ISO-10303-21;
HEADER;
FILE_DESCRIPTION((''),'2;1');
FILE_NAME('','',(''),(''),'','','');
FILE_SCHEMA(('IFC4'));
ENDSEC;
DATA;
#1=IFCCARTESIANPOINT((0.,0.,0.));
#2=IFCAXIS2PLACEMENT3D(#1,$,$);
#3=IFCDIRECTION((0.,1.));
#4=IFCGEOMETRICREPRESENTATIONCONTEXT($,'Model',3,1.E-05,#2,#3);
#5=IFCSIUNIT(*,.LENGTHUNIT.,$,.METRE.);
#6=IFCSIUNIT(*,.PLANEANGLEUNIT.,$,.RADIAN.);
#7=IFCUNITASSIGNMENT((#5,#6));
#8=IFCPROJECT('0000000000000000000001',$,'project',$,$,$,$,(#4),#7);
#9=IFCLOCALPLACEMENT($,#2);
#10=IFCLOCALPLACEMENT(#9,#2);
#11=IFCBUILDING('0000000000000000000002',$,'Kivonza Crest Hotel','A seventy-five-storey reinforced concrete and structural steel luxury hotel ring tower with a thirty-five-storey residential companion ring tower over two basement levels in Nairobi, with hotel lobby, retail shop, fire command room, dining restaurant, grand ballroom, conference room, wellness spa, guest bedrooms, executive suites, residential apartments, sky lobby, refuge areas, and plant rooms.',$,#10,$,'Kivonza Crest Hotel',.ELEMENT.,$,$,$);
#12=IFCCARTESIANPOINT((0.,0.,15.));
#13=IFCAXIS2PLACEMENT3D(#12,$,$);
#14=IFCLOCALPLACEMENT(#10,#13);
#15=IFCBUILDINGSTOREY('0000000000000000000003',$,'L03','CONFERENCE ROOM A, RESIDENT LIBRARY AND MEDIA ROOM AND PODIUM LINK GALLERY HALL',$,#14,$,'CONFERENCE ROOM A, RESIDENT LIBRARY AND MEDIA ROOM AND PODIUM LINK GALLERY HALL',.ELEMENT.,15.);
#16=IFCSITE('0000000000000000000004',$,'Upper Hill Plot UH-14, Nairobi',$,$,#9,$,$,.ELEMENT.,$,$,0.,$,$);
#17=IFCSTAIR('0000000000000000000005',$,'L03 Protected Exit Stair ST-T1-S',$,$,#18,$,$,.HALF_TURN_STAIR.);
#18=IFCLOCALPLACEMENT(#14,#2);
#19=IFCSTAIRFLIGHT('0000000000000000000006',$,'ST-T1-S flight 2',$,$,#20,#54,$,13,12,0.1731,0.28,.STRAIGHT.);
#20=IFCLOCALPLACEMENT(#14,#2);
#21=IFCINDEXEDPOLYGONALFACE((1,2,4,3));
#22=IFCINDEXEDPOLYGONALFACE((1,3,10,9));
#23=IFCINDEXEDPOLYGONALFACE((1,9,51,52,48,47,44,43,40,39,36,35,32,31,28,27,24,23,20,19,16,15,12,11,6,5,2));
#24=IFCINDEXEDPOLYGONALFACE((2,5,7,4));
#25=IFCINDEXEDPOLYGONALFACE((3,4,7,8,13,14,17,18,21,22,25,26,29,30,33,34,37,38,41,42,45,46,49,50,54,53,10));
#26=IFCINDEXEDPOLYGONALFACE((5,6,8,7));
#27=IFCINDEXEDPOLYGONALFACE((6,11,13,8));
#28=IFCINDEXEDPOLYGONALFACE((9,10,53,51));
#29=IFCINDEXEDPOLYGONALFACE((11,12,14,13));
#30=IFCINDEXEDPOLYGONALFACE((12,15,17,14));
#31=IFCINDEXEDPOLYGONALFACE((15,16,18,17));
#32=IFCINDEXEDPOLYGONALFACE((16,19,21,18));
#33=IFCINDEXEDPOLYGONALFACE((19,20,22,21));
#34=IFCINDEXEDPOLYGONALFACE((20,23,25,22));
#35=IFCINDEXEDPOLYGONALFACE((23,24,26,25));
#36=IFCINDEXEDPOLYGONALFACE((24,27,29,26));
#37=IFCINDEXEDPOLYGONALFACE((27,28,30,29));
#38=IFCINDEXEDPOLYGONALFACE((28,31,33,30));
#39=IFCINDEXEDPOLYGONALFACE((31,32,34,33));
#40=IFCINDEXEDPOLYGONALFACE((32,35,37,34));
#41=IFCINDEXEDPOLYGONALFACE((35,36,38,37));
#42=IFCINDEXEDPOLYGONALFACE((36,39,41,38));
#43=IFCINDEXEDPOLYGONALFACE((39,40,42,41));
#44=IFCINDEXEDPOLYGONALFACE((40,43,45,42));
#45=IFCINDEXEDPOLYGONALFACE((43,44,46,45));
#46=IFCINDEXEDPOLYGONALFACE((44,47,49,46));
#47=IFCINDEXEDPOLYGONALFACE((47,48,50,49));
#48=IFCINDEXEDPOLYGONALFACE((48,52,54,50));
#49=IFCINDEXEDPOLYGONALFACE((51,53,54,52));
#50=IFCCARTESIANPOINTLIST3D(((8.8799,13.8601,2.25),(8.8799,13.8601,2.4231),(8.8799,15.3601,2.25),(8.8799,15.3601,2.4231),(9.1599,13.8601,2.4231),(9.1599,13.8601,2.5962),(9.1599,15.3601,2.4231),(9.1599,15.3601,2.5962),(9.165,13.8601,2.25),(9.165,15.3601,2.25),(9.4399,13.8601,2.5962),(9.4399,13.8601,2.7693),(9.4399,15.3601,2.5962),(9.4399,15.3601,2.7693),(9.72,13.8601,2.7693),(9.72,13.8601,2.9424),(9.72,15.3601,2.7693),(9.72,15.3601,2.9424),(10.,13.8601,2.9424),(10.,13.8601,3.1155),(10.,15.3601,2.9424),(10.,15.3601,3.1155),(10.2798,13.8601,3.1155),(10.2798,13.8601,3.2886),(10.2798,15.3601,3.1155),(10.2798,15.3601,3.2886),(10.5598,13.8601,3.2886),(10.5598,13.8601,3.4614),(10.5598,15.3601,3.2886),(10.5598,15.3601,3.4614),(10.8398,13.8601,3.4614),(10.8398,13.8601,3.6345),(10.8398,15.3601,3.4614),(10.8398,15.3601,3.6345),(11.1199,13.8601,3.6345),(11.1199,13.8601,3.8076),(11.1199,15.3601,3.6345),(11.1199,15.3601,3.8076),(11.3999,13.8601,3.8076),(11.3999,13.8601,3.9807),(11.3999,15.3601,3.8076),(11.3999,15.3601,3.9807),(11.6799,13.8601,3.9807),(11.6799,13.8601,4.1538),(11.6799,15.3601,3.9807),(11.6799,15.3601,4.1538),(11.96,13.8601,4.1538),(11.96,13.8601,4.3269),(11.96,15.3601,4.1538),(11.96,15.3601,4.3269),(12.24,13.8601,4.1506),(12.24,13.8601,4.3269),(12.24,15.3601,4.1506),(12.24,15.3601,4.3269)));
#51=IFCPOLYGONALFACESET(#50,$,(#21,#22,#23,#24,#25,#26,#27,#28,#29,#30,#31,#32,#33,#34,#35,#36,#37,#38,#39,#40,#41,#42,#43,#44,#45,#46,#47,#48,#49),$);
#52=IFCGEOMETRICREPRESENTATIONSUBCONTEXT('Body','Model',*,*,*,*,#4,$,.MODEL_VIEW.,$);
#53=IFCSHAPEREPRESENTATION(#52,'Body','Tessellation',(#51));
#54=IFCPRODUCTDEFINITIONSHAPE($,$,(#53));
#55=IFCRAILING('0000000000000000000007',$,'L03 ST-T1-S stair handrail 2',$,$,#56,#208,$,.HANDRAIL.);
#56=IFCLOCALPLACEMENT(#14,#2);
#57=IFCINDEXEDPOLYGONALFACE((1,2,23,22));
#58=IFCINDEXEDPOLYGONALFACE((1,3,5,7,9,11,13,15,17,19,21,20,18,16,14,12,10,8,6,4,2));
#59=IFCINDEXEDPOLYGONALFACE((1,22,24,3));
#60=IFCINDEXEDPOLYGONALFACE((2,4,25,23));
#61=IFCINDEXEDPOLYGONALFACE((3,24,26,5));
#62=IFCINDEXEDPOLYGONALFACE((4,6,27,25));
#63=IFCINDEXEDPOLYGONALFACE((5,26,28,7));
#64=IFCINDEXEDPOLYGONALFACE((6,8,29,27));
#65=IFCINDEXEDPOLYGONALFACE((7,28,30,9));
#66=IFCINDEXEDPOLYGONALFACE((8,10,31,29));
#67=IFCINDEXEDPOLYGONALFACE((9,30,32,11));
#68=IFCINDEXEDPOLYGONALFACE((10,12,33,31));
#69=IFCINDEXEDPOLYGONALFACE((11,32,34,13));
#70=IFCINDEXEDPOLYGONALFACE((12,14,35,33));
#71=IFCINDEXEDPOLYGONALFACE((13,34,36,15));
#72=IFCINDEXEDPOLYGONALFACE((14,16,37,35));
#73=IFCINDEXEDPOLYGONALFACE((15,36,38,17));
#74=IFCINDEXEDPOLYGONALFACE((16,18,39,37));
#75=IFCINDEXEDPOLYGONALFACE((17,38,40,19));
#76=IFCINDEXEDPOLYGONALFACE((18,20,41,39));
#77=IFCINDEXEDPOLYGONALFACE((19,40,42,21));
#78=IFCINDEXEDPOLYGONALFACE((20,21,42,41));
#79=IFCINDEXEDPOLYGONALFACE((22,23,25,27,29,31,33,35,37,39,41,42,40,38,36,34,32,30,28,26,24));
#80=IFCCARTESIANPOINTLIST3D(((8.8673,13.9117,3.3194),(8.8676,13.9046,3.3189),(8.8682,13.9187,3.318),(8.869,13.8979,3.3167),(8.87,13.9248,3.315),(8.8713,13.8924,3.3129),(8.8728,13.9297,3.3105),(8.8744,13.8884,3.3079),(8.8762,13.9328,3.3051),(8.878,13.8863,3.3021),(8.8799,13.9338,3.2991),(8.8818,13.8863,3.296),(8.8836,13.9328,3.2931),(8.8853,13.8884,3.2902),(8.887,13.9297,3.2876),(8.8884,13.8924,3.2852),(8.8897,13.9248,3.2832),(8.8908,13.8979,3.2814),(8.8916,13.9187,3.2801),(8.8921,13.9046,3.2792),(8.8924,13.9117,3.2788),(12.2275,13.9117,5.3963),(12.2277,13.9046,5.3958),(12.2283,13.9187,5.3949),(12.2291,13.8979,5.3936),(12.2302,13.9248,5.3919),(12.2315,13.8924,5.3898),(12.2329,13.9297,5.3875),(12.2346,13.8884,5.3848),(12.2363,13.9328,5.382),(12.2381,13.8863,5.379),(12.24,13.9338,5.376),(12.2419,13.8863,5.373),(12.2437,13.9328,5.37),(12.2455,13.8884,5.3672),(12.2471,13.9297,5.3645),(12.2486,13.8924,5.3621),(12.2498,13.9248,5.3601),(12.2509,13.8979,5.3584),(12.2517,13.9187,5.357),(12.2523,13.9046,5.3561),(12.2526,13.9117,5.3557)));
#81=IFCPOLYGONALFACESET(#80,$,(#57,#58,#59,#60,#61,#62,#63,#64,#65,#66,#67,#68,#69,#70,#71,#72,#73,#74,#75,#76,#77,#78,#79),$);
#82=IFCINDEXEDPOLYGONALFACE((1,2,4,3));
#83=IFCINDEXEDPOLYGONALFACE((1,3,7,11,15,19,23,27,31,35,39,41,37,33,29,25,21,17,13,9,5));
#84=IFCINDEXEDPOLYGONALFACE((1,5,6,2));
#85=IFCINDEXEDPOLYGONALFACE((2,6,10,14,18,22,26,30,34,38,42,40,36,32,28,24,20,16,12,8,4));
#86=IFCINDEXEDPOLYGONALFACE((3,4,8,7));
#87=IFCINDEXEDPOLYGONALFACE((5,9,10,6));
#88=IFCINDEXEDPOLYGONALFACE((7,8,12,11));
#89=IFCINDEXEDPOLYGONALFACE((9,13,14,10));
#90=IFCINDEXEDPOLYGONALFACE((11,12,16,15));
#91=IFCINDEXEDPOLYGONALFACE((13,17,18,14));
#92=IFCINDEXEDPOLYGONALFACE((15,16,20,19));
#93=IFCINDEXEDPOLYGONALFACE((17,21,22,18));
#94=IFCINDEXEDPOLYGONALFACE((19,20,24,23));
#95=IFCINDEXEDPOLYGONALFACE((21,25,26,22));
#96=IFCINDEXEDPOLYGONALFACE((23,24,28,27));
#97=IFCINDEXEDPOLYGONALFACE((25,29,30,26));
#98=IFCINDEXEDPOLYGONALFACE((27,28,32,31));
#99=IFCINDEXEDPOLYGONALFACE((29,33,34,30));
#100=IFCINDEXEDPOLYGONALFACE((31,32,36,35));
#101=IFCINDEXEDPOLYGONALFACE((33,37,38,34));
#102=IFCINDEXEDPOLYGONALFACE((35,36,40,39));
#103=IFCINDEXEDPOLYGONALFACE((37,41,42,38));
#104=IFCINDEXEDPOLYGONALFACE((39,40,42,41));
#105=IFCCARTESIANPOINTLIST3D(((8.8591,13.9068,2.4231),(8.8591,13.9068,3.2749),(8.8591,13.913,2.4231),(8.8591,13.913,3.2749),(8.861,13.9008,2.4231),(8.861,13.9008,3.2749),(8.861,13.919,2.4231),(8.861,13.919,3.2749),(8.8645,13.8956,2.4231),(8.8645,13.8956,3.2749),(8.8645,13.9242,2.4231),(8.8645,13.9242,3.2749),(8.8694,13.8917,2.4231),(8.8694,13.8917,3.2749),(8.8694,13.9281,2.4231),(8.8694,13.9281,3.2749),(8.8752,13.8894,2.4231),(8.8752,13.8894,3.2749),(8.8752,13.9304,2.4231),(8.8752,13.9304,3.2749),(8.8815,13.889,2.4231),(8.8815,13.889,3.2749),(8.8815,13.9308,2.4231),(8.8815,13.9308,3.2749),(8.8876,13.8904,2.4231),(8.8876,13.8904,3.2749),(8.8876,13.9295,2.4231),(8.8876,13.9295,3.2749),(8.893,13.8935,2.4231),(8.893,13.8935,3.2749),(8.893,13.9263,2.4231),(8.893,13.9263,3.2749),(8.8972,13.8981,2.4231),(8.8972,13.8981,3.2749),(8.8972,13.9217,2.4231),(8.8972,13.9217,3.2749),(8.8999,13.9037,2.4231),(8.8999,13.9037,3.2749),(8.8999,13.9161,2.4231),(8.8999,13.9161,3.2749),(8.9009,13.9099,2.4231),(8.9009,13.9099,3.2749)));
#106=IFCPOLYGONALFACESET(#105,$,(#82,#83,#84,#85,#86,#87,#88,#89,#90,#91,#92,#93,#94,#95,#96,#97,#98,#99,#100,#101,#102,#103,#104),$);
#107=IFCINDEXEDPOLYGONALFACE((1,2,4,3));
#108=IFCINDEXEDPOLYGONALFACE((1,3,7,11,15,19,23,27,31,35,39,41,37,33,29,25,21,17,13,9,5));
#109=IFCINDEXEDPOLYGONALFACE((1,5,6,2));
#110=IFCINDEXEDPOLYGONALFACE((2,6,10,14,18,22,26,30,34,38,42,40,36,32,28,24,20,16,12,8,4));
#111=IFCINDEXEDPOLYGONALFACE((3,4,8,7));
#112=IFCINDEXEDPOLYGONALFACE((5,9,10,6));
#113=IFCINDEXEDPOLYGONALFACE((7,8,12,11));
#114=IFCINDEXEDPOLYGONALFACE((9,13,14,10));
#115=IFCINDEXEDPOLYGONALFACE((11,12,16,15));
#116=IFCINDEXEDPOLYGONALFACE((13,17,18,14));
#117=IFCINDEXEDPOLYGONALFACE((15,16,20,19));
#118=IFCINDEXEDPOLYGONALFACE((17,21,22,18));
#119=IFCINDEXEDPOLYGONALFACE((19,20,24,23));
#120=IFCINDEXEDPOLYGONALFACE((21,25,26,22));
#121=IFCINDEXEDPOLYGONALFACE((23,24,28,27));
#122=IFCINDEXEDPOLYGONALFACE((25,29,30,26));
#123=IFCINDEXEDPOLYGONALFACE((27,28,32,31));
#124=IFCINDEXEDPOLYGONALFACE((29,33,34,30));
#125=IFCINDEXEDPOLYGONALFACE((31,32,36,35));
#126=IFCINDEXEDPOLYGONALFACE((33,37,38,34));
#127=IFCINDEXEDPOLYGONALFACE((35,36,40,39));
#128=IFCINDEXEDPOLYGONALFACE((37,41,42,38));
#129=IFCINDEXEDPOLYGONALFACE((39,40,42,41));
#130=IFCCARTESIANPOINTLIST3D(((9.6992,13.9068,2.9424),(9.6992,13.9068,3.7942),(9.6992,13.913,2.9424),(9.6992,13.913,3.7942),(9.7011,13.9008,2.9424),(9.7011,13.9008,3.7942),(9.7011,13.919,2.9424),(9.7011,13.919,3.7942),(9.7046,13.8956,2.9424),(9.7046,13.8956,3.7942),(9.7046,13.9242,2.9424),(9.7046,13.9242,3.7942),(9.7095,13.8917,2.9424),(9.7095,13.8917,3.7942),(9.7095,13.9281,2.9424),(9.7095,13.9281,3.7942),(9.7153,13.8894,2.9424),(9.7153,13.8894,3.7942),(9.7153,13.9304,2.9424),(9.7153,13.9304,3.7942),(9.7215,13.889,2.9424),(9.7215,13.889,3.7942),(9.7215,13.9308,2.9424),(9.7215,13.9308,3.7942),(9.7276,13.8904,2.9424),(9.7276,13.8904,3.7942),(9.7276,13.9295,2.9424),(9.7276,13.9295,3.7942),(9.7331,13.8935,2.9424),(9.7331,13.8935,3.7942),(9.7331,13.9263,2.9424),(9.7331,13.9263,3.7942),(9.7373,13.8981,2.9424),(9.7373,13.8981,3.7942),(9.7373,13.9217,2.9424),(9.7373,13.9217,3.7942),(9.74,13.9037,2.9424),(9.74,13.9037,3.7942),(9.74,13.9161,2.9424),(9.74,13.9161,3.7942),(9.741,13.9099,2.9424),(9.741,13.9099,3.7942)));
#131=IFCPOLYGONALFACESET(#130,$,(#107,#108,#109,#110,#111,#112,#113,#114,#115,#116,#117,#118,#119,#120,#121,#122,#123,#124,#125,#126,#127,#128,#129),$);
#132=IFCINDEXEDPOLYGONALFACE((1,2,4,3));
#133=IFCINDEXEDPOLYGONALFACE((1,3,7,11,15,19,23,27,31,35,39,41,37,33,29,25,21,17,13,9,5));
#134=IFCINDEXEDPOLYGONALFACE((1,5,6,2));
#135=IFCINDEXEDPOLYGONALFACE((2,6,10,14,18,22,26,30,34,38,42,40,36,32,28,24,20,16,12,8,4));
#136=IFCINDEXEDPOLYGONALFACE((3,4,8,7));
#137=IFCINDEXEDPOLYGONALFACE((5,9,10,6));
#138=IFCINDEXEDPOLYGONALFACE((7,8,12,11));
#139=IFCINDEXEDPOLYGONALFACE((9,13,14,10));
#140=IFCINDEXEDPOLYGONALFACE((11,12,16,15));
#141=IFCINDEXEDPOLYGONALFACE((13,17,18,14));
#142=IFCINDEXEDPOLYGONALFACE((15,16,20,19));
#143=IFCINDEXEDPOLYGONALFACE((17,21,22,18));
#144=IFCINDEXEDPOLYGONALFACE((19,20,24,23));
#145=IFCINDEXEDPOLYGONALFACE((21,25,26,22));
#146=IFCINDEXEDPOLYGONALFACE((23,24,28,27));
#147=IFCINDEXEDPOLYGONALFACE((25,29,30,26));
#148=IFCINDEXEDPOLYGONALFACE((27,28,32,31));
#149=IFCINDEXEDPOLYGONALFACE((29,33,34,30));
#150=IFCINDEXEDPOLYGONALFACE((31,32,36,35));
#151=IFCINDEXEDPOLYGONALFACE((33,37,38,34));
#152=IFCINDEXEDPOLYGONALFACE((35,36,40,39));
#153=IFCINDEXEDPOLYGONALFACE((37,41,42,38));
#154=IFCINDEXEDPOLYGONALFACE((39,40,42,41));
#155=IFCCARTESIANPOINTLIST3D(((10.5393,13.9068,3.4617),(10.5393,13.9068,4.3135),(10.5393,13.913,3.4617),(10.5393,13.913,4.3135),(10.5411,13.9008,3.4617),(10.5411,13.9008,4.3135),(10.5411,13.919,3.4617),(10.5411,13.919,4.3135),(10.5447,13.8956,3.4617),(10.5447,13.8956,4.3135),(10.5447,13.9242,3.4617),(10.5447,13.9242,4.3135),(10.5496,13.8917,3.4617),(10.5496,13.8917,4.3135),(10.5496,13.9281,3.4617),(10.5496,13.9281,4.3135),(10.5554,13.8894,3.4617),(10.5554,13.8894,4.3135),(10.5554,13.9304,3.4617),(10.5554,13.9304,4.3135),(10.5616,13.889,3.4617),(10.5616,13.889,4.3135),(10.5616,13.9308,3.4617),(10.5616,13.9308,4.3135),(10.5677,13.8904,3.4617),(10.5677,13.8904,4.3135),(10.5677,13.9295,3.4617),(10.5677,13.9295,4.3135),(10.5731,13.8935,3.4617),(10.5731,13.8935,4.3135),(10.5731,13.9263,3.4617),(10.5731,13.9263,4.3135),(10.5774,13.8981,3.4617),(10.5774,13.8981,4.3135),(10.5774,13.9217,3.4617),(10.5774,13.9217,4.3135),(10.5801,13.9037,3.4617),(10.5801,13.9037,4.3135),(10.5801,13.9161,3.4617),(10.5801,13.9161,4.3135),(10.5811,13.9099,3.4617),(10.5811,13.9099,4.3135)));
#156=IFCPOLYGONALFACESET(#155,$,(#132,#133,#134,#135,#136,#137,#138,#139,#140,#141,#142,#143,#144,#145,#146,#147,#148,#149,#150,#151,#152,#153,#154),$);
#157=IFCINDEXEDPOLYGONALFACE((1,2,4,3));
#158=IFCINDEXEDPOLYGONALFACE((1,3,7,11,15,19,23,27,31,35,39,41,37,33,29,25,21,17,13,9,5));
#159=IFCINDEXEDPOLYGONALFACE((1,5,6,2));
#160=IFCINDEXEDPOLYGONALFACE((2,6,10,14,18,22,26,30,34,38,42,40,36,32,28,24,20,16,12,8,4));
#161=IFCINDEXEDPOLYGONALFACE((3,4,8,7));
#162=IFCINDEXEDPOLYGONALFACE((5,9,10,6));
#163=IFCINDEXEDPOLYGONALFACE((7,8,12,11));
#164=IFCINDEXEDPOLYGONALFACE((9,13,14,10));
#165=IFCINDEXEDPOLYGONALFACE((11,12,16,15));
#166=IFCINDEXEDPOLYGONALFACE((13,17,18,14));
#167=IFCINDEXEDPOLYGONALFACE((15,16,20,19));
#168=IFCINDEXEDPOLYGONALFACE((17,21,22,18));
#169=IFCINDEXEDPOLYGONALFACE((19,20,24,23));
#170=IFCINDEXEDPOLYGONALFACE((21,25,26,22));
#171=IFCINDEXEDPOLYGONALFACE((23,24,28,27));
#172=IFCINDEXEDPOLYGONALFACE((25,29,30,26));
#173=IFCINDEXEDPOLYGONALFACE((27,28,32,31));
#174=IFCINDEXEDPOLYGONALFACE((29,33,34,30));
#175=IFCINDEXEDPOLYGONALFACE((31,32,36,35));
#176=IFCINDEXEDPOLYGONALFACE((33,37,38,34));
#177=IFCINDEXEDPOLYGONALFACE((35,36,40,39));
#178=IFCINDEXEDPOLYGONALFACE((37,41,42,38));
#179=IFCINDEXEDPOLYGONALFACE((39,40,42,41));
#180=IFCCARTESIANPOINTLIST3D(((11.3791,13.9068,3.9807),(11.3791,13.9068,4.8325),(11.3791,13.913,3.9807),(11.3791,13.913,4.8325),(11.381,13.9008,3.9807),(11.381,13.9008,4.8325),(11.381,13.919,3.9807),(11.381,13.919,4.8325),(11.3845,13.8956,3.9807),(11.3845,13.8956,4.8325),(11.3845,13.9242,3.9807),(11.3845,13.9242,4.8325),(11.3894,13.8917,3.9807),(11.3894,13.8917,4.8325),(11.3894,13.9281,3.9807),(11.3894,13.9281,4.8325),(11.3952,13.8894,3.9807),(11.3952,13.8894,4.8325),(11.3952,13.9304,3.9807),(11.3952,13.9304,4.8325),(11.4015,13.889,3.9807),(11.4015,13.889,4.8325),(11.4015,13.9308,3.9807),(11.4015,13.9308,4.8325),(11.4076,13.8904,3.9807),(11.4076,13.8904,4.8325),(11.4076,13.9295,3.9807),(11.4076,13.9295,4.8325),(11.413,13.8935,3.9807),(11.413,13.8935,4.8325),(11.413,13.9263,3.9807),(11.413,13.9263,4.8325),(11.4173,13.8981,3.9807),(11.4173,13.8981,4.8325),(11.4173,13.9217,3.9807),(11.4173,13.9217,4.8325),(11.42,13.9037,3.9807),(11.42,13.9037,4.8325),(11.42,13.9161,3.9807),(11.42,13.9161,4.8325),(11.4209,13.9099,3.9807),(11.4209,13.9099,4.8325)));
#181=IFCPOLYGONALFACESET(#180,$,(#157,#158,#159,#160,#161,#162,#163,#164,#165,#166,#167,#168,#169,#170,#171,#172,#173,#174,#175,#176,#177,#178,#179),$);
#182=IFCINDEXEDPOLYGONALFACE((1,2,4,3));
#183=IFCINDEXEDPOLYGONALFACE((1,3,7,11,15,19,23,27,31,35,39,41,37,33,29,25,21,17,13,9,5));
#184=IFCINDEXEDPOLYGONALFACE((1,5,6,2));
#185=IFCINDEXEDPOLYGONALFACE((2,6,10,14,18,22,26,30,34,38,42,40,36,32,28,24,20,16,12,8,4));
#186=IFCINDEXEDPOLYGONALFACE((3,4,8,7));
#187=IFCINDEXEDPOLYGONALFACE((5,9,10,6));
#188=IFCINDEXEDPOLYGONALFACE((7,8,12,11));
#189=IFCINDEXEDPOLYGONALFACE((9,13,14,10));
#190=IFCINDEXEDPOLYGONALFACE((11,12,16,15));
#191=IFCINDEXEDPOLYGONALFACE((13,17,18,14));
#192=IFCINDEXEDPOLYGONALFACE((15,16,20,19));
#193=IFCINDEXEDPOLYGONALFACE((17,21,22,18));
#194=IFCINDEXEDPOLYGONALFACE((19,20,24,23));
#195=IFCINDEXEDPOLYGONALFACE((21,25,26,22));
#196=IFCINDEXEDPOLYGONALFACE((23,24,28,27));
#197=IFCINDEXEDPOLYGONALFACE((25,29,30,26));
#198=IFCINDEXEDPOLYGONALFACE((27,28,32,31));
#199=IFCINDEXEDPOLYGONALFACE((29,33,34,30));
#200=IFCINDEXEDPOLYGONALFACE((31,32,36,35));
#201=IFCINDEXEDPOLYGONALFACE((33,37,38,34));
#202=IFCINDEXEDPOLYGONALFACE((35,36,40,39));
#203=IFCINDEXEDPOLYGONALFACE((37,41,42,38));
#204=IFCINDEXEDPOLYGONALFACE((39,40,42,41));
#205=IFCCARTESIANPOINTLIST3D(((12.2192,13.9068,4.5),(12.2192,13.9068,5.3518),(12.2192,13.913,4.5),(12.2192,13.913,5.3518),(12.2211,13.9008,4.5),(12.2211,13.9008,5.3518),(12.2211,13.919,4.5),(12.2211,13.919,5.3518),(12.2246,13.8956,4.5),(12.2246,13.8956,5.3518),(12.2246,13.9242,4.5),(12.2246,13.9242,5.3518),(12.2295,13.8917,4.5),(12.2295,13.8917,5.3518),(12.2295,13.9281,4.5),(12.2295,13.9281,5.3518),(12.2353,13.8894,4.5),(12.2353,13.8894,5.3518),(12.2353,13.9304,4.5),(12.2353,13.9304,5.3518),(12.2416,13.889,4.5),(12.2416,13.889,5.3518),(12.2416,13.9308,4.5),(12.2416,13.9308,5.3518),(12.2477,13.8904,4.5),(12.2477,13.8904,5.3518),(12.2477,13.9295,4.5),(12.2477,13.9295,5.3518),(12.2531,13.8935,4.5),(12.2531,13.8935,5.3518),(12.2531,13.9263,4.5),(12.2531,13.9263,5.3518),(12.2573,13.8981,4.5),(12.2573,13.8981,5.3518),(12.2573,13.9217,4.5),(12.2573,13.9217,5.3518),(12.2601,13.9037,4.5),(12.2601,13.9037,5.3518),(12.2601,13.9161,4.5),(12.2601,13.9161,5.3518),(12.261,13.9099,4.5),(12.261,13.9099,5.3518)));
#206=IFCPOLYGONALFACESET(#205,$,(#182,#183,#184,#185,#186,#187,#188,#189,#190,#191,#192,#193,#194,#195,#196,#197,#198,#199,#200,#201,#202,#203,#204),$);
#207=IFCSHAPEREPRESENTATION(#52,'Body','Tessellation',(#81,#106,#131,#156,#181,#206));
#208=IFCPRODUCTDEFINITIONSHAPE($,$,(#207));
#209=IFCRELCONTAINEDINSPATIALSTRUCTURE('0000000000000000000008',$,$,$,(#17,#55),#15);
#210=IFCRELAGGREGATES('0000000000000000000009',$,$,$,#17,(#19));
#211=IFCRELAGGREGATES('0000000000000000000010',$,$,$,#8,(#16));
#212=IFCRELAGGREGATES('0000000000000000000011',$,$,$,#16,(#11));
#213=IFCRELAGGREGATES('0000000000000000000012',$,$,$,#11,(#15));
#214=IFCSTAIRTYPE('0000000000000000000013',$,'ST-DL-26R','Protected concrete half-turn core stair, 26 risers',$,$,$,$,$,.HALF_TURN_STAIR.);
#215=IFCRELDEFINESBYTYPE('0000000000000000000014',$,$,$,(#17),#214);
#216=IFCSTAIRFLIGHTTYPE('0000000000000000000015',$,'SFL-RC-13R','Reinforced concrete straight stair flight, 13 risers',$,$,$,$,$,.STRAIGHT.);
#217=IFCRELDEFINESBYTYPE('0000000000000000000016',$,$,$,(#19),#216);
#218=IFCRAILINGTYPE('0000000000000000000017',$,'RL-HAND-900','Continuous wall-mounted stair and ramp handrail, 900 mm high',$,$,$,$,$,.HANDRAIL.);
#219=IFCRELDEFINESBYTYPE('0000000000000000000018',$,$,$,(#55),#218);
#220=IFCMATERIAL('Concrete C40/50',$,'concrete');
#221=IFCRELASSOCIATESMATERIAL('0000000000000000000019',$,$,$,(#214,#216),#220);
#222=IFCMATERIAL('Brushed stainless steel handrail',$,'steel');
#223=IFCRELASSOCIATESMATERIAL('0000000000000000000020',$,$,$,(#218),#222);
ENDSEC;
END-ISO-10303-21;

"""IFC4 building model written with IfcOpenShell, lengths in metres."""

from ifc_helpers import new_model, si_unit, direction, frame, origin, origin_2d, place, context, subcontext, project, spatial, polyline, circle, outline, extrude, material, type_object, element, aggregate, save


model = new_model("IFC4")

# Units and contexts
model_context = context("Model", 3, precision=1e-05, world=origin(), true_north=direction((0.0, 1.0)))
body_context = subcontext(model_context, "Body", "Model", "MODEL_VIEW")
ifc_project = project(units=[si_unit("LENGTHUNIT", "METRE"), si_unit("PLANEANGLEUNIT", "RADIAN")], contexts=[model_context])

# Site, building, storey
site_placement = place(None, origin())
site = spatial("IfcSite", under=ifc_project, at=site_placement, Name="Upper Hill Plot UH-14, Nairobi", CompositionType="ELEMENT", RefElevation=0.0)
building_placement = place(site_placement, origin())
building = spatial("IfcBuilding", under=site, at=building_placement, Name="Kivonza Crest Hotel", Description="A seventy-five-storey reinforced concrete and structural steel luxury hotel ring tower with a thirty-five-storey residential companion ring tower over two basement levels in Nairobi, with hotel lobby, retail shop, fire command room, dining restaurant, grand ballroom, conference room, wellness spa, guest bedrooms, executive suites, residential apartments, sky lobby, refuge areas, and plant rooms.", LongName="Kivonza Crest Hotel", CompositionType="ELEMENT")
storey_placement = place(building_placement, frame((0.0, 0.0, 15.0)))
storey = spatial("IfcBuildingStorey", under=building, at=storey_placement, Name="L03", Description="CONFERENCE ROOM A, RESIDENT LIBRARY AND MEDIA ROOM AND PODIUM LINK GALLERY HALL", LongName="CONFERENCE ROOM A, RESIDENT LIBRARY AND MEDIA ROOM AND PODIUM LINK GALLERY HALL", CompositionType="ELEMENT", Elevation=15.0)

# Stair, stair flight
ifc_material_1 = material(Name="Concrete C40/50", Category="concrete")
stair_type = type_object("IfcStairType", Name="ST-DL-26R", Description="Protected concrete half-turn core stair, 26 risers", PredefinedType="HALF_TURN_STAIR", material=ifc_material_1)
stair_placement = place(storey_placement, origin())
stair = element("IfcStair", 1, at=stair_placement, inside=storey, type_object=stair_type, Name="L03 Protected Exit Stair ST-T1-S", PredefinedType="HALF_TURN_STAIR")
stair_flight_type = type_object("IfcStairFlightType", Name="SFL-RC-13R", Description="Reinforced concrete straight stair flight, 13 risers", PredefinedType="STRAIGHT", material=ifc_material_1)
stair_flight_placement = place(storey_placement, frame((8.8799, 14.6101, 2.25), z_axis=(0.0, 0.0, 1.0), x_axis=(1.0, 0.0, 0.0)))
stair_flight = element("IfcStairFlight", 2, at=stair_flight_placement, type_object=stair_flight_type, Name="ST-T1-S flight 2", NumberOfRisers=13, NumberOfTreads=12, PredefinedType="STRAIGHT", RiserHeight=0.1731, TreadLength=0.28, context=body_context, shape_type="SweptSolid", body=[
    extrude(outline(polyline([(0.0, 0.0), (0.0, 0.1731), (0.28, 0.1731), (0.28, 0.3462), (0.5601, 0.3462), (0.5601, 0.5193), (0.8401, 0.5193), (0.8401, 0.6924), (1.1201, 0.6924), (1.1201, 0.8655), (1.3999, 0.8655), (1.3999, 1.0386), (1.6799, 1.0386), (1.6799, 1.2114), (1.96, 1.2114), (1.96, 1.3845), (2.24, 1.3845), (2.24, 1.5576), (2.52, 1.5576), (2.52, 1.7307), (2.8, 1.7307), (2.8, 1.9038), (3.0801, 1.9038), (3.0801, 2.0769), (3.3601, 2.0769), (3.3601, 2.25), (3.3601, 1.9006), (0.2852, 0.0), (0.0, 0.0)])), frame((0.0, 0.75, 0.0), z_axis=(0.0, -1.0, 0.0), x_axis=(1.0, 0.0, 0.0)), (0.0, 0.0, 1.0), 1.5),
])
aggregate(stair, [stair_flight])

# Railing
ifc_material_2 = material(Name="Brushed stainless steel handrail", Category="steel")
railing_type_1 = type_object("IfcRailingType", Name="RL-HAND-900", Description="Continuous wall-mounted stair and ramp handrail, 900 mm high", PredefinedType="HANDRAIL", material=ifc_material_2)
railing_1_placement = place(storey_placement, frame((8.8799, 13.9099, 2.4231)))
element("IfcRailing", 3, at=railing_1_placement, inside=storey, type_object=railing_type_1, Name="L03 ST-T1-S stair handrail 2", PredefinedType="HANDRAIL", context=body_context, shape_type="SweptSolid", body=[
    extrude(circle(Radius=0.0239, at=origin_2d()), frame((0.0, 0.0, 0.876), z_axis=(0.850623, 0.0, 0.525776), x_axis=(0.0, 1.0, 0.0)), (0.0, 0.0, 1.0), 3.9502),
    extrude(circle(Radius=0.021, at=origin_2d()), origin(), (0.0, 0.0, 1.0), 0.8518),
    extrude(circle(Radius=0.021, at=origin_2d()), frame((0.8401, 0.0, 0.5193)), (0.0, 0.0, 1.0), 0.8518),
    extrude(circle(Radius=0.021, at=origin_2d()), frame((1.6802, 0.0, 1.0386)), (0.0, 0.0, 1.0), 0.8518),
    extrude(circle(Radius=0.021, at=origin_2d()), frame((2.52, 0.0, 1.5576)), (0.0, 0.0, 1.0), 0.8518),
    extrude(circle(Radius=0.021, at=origin_2d()), frame((3.3601, 0.0, 2.0769)), (0.0, 0.0, 1.0), 0.8518),
])

save(model, "model.ifc")
